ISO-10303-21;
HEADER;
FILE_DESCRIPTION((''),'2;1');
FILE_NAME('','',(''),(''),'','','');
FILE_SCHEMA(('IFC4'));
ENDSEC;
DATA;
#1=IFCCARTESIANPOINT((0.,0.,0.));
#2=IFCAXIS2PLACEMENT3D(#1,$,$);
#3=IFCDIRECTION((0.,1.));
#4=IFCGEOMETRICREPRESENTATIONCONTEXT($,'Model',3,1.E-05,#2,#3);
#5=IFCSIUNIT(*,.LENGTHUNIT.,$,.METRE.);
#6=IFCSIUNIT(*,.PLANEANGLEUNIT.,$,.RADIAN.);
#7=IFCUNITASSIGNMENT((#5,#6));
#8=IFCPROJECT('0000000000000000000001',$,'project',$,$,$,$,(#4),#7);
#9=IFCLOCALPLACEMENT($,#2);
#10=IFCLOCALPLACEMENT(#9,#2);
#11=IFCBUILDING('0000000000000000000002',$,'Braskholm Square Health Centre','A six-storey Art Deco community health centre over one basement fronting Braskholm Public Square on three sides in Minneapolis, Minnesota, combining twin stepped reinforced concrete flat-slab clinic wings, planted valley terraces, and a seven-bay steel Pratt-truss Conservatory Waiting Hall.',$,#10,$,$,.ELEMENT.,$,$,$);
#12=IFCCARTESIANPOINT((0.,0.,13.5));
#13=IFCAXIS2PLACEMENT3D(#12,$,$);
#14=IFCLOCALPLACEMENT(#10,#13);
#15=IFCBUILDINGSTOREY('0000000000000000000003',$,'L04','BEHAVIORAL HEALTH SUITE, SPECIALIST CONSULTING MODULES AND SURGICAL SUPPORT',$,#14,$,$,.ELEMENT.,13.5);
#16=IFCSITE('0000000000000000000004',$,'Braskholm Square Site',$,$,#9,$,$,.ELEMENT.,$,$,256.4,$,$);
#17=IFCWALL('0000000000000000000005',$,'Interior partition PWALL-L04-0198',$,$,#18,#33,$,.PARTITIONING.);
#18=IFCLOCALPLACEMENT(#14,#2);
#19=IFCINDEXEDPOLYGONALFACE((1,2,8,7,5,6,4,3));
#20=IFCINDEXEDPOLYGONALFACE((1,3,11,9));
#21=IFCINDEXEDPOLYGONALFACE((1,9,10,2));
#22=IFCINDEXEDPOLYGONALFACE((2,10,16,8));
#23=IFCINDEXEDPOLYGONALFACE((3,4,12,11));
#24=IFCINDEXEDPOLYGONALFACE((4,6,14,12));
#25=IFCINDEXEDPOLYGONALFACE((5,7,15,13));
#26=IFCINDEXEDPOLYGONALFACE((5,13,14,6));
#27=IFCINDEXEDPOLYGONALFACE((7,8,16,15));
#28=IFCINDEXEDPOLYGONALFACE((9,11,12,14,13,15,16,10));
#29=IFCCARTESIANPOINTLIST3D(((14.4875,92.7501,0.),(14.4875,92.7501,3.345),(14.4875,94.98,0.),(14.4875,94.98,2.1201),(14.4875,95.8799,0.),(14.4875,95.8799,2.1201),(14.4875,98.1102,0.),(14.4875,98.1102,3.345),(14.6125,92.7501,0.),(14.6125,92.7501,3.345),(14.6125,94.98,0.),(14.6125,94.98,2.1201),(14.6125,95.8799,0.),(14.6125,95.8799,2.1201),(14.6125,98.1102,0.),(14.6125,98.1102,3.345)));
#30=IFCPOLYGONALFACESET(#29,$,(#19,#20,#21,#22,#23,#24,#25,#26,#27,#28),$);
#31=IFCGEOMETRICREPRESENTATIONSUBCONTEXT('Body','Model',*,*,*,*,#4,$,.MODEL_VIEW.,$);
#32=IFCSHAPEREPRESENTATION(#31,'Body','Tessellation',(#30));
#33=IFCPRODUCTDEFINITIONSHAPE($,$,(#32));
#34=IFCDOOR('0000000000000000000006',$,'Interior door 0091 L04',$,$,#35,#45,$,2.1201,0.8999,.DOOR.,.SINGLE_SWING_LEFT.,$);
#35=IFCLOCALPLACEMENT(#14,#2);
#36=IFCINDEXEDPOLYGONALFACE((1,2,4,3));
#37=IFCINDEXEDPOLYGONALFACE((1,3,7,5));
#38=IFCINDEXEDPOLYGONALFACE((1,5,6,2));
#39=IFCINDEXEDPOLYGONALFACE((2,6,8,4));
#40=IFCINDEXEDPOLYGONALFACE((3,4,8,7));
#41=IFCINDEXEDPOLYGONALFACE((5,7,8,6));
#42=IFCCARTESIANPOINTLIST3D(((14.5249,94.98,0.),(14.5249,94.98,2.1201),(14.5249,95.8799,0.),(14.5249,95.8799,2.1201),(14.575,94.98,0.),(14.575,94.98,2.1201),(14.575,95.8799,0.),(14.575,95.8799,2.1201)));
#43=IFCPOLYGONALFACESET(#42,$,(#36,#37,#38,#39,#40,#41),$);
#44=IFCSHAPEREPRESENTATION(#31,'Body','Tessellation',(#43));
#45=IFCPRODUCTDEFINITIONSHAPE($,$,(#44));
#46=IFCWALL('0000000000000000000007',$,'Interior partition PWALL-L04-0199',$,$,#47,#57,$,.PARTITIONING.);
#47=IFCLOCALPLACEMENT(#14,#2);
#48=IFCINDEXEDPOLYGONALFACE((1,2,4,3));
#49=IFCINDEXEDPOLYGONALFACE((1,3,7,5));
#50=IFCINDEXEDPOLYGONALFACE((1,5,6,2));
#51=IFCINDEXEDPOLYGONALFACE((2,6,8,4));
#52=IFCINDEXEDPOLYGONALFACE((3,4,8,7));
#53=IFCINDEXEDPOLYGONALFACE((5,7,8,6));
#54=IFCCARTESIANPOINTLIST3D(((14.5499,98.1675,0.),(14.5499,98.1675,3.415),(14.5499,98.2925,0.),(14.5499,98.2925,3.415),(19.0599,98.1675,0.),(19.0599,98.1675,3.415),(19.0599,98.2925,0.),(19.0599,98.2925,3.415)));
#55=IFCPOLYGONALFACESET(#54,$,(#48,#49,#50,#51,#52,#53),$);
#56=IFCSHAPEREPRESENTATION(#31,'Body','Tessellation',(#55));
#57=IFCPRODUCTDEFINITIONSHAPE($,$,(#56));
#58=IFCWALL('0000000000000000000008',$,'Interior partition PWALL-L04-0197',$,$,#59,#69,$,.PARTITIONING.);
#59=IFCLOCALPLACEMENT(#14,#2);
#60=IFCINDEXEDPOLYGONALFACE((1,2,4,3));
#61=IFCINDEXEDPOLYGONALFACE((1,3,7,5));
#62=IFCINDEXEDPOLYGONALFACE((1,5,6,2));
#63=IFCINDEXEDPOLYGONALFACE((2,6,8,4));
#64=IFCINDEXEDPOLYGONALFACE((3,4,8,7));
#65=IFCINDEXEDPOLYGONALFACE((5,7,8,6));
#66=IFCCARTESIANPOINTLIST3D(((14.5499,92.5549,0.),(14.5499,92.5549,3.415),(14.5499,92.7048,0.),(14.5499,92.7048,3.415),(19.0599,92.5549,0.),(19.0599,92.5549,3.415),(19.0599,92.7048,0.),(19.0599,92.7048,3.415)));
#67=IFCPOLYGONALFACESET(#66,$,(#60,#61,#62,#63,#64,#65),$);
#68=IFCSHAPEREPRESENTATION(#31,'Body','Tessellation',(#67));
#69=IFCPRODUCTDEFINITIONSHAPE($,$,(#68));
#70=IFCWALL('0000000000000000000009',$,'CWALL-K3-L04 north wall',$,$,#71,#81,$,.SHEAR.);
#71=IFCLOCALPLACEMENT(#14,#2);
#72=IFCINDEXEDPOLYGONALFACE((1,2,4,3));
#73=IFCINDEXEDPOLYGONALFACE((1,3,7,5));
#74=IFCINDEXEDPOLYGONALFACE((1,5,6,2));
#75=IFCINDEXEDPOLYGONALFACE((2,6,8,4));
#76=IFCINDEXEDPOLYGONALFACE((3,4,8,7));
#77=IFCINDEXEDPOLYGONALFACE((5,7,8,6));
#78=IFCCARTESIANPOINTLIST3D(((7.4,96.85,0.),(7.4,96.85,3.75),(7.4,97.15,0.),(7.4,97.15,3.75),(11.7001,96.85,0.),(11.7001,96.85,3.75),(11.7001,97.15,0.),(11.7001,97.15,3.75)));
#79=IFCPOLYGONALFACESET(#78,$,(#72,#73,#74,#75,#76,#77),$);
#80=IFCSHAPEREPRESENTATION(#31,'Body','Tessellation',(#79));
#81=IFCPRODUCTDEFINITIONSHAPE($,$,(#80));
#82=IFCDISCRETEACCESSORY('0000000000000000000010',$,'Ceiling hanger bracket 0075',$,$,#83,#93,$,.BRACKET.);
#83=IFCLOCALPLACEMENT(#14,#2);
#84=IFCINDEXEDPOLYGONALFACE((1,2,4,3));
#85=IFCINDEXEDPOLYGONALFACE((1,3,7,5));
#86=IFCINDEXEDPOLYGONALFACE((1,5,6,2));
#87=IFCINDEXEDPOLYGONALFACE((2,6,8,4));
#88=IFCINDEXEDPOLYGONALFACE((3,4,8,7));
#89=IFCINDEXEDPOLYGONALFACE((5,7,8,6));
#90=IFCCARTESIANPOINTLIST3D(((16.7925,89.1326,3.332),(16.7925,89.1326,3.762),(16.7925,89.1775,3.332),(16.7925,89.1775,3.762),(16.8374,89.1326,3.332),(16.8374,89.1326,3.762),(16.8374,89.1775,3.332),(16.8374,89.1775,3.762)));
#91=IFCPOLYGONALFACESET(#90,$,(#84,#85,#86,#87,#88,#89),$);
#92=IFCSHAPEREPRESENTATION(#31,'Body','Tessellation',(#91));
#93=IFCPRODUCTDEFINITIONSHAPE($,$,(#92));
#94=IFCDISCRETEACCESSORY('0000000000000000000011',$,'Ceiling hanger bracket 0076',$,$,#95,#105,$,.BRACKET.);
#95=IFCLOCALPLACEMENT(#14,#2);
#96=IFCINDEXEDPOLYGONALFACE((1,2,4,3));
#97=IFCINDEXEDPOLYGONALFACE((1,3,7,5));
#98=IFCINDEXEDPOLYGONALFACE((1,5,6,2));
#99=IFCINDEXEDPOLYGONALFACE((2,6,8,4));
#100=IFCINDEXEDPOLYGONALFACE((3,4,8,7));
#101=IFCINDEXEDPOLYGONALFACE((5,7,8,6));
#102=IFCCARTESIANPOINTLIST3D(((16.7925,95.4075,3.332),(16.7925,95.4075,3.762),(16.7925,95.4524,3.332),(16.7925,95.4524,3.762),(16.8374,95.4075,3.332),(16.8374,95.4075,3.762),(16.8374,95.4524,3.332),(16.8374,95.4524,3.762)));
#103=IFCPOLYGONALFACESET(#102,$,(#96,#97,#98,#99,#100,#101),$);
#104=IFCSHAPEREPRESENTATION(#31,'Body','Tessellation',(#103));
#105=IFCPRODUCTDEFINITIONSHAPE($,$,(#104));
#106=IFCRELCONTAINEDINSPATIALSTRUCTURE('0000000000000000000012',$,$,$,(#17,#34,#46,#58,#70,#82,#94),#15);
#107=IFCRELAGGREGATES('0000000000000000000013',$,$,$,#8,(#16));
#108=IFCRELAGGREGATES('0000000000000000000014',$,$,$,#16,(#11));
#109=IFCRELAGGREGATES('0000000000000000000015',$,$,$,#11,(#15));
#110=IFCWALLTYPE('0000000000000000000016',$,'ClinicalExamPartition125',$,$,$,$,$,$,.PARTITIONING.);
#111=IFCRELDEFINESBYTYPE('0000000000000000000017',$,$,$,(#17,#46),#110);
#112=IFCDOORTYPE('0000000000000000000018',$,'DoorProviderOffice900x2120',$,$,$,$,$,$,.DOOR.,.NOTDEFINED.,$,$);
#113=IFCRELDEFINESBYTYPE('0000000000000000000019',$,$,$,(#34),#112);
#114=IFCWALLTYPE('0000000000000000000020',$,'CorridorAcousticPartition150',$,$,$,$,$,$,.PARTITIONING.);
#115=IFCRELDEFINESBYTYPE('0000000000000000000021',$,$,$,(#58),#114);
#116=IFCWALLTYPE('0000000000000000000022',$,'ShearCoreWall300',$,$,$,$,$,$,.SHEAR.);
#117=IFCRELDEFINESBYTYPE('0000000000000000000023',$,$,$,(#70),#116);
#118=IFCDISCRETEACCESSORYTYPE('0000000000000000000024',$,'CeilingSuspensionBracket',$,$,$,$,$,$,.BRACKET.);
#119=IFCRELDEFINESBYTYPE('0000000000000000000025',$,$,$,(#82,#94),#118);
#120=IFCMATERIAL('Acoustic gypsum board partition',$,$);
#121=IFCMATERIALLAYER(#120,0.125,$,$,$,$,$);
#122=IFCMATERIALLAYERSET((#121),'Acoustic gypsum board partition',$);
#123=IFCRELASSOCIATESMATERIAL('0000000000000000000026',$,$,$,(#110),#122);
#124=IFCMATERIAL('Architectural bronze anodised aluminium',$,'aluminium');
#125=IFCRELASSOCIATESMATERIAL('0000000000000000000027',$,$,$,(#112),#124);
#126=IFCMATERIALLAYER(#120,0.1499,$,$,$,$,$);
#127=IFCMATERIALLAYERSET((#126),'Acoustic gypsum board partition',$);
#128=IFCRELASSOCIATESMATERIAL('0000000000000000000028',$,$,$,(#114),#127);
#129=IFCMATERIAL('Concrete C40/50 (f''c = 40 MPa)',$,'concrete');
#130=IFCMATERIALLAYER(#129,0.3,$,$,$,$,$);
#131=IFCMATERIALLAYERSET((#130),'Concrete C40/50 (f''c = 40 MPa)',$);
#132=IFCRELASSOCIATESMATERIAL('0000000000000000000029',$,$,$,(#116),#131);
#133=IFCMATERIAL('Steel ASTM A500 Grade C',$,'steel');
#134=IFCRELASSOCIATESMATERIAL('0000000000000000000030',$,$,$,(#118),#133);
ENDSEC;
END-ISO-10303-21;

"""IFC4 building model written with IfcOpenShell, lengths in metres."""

from ifc_helpers import new_model, si_unit, direction, frame, frame_2d, origin, origin_2d, place, context, subcontext, project, spatial, rectangle, extrude, material, layer, layer_set, type_object, element, fill, save


model = new_model("IFC4")

# Units and contexts
model_context = context("Model", 3, precision=1e-05, world=origin(), true_north=direction((0.0, 1.0)))
body_context = subcontext(model_context, "Body", "Model", "MODEL_VIEW")
ifc_project = project(units=[si_unit("LENGTHUNIT", "METRE"), si_unit("PLANEANGLEUNIT", "RADIAN")], contexts=[model_context])

# Site, building, storey
site_placement = place(None, origin())
site = spatial("IfcSite", under=ifc_project, at=site_placement, Name="Braskholm Square Site", CompositionType="ELEMENT", RefElevation=256.4)
building_placement = place(site_placement, origin())
building = spatial("IfcBuilding", under=site, at=building_placement, Name="Braskholm Square Health Centre", Description="A six-storey Art Deco community health centre over one basement fronting Braskholm Public Square on three sides in Minneapolis, Minnesota, combining twin stepped reinforced concrete flat-slab clinic wings, planted valley terraces, and a seven-bay steel Pratt-truss Conservatory Waiting Hall.", CompositionType="ELEMENT")
storey_placement = place(building_placement, frame((0.0, 0.0, 13.5)))
storey = spatial("IfcBuildingStorey", under=building, at=storey_placement, Name="L04", Description="BEHAVIORAL HEALTH SUITE, SPECIALIST CONSULTING MODULES AND SURGICAL SUPPORT", CompositionType="ELEMENT", Elevation=13.5)

# Shared definitions
ifc_material_1 = material(Name="Architectural bronze anodised aluminium", Category="aluminium")

# Wall, opening, door
ifc_material_2 = material(Name="Acoustic gypsum board partition")
ifc_layer_1 = layer(ifc_material_2, 0.125)
ifc_layer_set_1 = layer_set([ifc_layer_1], Name="Acoustic gypsum board partition")
wall_type_1 = type_object("IfcWallType", Name="ClinicalExamPartition125", PredefinedType="PARTITIONING", material=ifc_layer_set_1)
wall_1_placement = place(storey_placement, frame((14.55, 92.75, 0.0), z_axis=(0.0, 0.0, 1.0), x_axis=(0.0, 1.0, 0.0)))
wall_1 = element("IfcWall", 1, at=wall_1_placement, inside=storey, type_object=wall_type_1, Name="Interior partition PWALL-L04-0198", PredefinedType="PARTITIONING", context=body_context, shape_type="SweptSolid", body=[
    extrude(rectangle(XDim=5.3601, YDim=0.125, at=frame_2d((2.6802, 0.0))), origin(), (0.0, 0.0, 1.0), 3.345),
])
opening_1_placement = place(wall_1_placement, frame((2.23, 0.0, 0.0)))
opening_1 = element("IfcOpeningElement", 2, at=opening_1_placement, cuts=wall_1, PredefinedType="OPENING", context=body_context, shape_type="SweptSolid", body=[
    extrude(rectangle(XDim=0.8999, YDim=2.1201, at=frame_2d((0.45, 1.0601))), frame((0.0, 0.0725, 0.0), z_axis=(0.0, -1.0, 0.0), x_axis=(1.0, 0.0, 0.0)), (0.0, 0.0, 1.0), 0.145),
])
door_type_1 = type_object("IfcDoorType", Name="DoorProviderOffice900x2120", OperationType="NOTDEFINED", PredefinedType="DOOR", material=ifc_material_1)
door_1_placement = place(opening_1_placement, frame((0.8999, 0.0, 0.0), z_axis=(0.0, 0.0, 1.0), x_axis=(-1.0, 0.0, 0.0)))
door_1 = element("IfcDoor", 3, at=door_1_placement, inside=storey, type_object=door_type_1, Name="Interior door 0091 L04", OperationType="SINGLE_SWING_LEFT", OverallHeight=2.1201, OverallWidth=0.8999, PredefinedType="DOOR", context=body_context, shape_type="SweptSolid", body=[
    extrude(rectangle(XDim=0.8999, YDim=2.1201, at=frame_2d((0.45, 1.0601))), frame((0.0, 0.0249, 0.0), z_axis=(0.0, -1.0, 0.0), x_axis=(1.0, 0.0, 0.0)), (0.0, 0.0, 1.0), 0.05),
])
fill(opening_1, door_1)

# Walls
wall_2_placement = place(storey_placement, frame((14.55, 98.23, 0.0), z_axis=(0.0, 0.0, 1.0), x_axis=(1.0, 0.0, 0.0)))
element("IfcWall", 4, at=wall_2_placement, inside=storey, type_object=wall_type_1, Name="Interior partition PWALL-L04-0199", PredefinedType="PARTITIONING", context=body_context, shape_type="SweptSolid", body=[
    extrude(rectangle(XDim=4.51, YDim=0.125, at=frame_2d((2.2549, 0.0))), origin(), (0.0, 0.0, 1.0), 3.415),
])
ifc_layer_2 = layer(ifc_material_2, 0.1499)
ifc_layer_set_2 = layer_set([ifc_layer_2], Name="Acoustic gypsum board partition")
wall_type_2 = type_object("IfcWallType", Name="CorridorAcousticPartition150", PredefinedType="PARTITIONING", material=ifc_layer_set_2)
wall_3_placement = place(storey_placement, frame((14.55, 92.6299, 0.0), z_axis=(0.0, 0.0, 1.0), x_axis=(1.0, 0.0, 0.0)))
element("IfcWall", 5, at=wall_3_placement, inside=storey, type_object=wall_type_2, Name="Interior partition PWALL-L04-0197", PredefinedType="PARTITIONING", context=body_context, shape_type="SweptSolid", body=[
    extrude(rectangle(XDim=4.51, YDim=0.1499, at=frame_2d((2.2549, 0.0))), origin(), (0.0, 0.0, 1.0), 3.415),
])
ifc_material_3 = material(Name="Concrete C40/50 (f'c = 40 MPa)", Category="concrete")
ifc_layer_3 = layer(ifc_material_3, 0.3)
ifc_layer_set_3 = layer_set([ifc_layer_3], Name="Concrete C40/50 (f'c = 40 MPa)")
wall_type_3 = type_object("IfcWallType", Name="ShearCoreWall300", PredefinedType="SHEAR", material=ifc_layer_set_3)
wall_4_placement = place(storey_placement, frame((11.7, 97.0, 0.0), z_axis=(0.0, 0.0, 1.0), x_axis=(-1.0, 0.0, 0.0)))
element("IfcWall", 6, at=wall_4_placement, inside=storey, type_object=wall_type_3, Name="CWALL-K3-L04 north wall", PredefinedType="SHEAR", context=body_context, shape_type="SweptSolid", body=[
    extrude(rectangle(XDim=4.3, YDim=0.3, at=frame_2d((2.1499, 0.0))), origin(), (0.0, 0.0, 1.0), 3.75),
])

# Discrete accessories
ifc_material_4 = material(Name="Steel ASTM A500 Grade C", Category="steel")
discrete_accessory_type = type_object("IfcDiscreteAccessoryType", Name="CeilingSuspensionBracket", PredefinedType="BRACKET", material=ifc_material_4)
for number, where, z_axis, x_axis, name in (
    (7, (16.8149, 89.155, 3.332), (0.0, 0.0, 1.0), (1.0, 0.0, 0.0), "Ceiling hanger bracket 0075"),
    (8, (16.8149, 95.4299, 3.332), (0.0, 0.0, 1.0), (1.0, 0.0, 0.0), "Ceiling hanger bracket 0076"),
):
    element("IfcDiscreteAccessory", number, at=place(storey_placement, frame(where, z_axis=z_axis, x_axis=x_axis)), inside=storey, type_object=discrete_accessory_type, Name=name, PredefinedType="BRACKET", context=body_context, shape_type="SweptSolid", body=[
        extrude(rectangle(XDim=0.0449, YDim=0.0449, at=origin_2d()), origin(), (0.0, 0.0, 1.0), 0.4299),
    ])

save(model, "model.ifc")
